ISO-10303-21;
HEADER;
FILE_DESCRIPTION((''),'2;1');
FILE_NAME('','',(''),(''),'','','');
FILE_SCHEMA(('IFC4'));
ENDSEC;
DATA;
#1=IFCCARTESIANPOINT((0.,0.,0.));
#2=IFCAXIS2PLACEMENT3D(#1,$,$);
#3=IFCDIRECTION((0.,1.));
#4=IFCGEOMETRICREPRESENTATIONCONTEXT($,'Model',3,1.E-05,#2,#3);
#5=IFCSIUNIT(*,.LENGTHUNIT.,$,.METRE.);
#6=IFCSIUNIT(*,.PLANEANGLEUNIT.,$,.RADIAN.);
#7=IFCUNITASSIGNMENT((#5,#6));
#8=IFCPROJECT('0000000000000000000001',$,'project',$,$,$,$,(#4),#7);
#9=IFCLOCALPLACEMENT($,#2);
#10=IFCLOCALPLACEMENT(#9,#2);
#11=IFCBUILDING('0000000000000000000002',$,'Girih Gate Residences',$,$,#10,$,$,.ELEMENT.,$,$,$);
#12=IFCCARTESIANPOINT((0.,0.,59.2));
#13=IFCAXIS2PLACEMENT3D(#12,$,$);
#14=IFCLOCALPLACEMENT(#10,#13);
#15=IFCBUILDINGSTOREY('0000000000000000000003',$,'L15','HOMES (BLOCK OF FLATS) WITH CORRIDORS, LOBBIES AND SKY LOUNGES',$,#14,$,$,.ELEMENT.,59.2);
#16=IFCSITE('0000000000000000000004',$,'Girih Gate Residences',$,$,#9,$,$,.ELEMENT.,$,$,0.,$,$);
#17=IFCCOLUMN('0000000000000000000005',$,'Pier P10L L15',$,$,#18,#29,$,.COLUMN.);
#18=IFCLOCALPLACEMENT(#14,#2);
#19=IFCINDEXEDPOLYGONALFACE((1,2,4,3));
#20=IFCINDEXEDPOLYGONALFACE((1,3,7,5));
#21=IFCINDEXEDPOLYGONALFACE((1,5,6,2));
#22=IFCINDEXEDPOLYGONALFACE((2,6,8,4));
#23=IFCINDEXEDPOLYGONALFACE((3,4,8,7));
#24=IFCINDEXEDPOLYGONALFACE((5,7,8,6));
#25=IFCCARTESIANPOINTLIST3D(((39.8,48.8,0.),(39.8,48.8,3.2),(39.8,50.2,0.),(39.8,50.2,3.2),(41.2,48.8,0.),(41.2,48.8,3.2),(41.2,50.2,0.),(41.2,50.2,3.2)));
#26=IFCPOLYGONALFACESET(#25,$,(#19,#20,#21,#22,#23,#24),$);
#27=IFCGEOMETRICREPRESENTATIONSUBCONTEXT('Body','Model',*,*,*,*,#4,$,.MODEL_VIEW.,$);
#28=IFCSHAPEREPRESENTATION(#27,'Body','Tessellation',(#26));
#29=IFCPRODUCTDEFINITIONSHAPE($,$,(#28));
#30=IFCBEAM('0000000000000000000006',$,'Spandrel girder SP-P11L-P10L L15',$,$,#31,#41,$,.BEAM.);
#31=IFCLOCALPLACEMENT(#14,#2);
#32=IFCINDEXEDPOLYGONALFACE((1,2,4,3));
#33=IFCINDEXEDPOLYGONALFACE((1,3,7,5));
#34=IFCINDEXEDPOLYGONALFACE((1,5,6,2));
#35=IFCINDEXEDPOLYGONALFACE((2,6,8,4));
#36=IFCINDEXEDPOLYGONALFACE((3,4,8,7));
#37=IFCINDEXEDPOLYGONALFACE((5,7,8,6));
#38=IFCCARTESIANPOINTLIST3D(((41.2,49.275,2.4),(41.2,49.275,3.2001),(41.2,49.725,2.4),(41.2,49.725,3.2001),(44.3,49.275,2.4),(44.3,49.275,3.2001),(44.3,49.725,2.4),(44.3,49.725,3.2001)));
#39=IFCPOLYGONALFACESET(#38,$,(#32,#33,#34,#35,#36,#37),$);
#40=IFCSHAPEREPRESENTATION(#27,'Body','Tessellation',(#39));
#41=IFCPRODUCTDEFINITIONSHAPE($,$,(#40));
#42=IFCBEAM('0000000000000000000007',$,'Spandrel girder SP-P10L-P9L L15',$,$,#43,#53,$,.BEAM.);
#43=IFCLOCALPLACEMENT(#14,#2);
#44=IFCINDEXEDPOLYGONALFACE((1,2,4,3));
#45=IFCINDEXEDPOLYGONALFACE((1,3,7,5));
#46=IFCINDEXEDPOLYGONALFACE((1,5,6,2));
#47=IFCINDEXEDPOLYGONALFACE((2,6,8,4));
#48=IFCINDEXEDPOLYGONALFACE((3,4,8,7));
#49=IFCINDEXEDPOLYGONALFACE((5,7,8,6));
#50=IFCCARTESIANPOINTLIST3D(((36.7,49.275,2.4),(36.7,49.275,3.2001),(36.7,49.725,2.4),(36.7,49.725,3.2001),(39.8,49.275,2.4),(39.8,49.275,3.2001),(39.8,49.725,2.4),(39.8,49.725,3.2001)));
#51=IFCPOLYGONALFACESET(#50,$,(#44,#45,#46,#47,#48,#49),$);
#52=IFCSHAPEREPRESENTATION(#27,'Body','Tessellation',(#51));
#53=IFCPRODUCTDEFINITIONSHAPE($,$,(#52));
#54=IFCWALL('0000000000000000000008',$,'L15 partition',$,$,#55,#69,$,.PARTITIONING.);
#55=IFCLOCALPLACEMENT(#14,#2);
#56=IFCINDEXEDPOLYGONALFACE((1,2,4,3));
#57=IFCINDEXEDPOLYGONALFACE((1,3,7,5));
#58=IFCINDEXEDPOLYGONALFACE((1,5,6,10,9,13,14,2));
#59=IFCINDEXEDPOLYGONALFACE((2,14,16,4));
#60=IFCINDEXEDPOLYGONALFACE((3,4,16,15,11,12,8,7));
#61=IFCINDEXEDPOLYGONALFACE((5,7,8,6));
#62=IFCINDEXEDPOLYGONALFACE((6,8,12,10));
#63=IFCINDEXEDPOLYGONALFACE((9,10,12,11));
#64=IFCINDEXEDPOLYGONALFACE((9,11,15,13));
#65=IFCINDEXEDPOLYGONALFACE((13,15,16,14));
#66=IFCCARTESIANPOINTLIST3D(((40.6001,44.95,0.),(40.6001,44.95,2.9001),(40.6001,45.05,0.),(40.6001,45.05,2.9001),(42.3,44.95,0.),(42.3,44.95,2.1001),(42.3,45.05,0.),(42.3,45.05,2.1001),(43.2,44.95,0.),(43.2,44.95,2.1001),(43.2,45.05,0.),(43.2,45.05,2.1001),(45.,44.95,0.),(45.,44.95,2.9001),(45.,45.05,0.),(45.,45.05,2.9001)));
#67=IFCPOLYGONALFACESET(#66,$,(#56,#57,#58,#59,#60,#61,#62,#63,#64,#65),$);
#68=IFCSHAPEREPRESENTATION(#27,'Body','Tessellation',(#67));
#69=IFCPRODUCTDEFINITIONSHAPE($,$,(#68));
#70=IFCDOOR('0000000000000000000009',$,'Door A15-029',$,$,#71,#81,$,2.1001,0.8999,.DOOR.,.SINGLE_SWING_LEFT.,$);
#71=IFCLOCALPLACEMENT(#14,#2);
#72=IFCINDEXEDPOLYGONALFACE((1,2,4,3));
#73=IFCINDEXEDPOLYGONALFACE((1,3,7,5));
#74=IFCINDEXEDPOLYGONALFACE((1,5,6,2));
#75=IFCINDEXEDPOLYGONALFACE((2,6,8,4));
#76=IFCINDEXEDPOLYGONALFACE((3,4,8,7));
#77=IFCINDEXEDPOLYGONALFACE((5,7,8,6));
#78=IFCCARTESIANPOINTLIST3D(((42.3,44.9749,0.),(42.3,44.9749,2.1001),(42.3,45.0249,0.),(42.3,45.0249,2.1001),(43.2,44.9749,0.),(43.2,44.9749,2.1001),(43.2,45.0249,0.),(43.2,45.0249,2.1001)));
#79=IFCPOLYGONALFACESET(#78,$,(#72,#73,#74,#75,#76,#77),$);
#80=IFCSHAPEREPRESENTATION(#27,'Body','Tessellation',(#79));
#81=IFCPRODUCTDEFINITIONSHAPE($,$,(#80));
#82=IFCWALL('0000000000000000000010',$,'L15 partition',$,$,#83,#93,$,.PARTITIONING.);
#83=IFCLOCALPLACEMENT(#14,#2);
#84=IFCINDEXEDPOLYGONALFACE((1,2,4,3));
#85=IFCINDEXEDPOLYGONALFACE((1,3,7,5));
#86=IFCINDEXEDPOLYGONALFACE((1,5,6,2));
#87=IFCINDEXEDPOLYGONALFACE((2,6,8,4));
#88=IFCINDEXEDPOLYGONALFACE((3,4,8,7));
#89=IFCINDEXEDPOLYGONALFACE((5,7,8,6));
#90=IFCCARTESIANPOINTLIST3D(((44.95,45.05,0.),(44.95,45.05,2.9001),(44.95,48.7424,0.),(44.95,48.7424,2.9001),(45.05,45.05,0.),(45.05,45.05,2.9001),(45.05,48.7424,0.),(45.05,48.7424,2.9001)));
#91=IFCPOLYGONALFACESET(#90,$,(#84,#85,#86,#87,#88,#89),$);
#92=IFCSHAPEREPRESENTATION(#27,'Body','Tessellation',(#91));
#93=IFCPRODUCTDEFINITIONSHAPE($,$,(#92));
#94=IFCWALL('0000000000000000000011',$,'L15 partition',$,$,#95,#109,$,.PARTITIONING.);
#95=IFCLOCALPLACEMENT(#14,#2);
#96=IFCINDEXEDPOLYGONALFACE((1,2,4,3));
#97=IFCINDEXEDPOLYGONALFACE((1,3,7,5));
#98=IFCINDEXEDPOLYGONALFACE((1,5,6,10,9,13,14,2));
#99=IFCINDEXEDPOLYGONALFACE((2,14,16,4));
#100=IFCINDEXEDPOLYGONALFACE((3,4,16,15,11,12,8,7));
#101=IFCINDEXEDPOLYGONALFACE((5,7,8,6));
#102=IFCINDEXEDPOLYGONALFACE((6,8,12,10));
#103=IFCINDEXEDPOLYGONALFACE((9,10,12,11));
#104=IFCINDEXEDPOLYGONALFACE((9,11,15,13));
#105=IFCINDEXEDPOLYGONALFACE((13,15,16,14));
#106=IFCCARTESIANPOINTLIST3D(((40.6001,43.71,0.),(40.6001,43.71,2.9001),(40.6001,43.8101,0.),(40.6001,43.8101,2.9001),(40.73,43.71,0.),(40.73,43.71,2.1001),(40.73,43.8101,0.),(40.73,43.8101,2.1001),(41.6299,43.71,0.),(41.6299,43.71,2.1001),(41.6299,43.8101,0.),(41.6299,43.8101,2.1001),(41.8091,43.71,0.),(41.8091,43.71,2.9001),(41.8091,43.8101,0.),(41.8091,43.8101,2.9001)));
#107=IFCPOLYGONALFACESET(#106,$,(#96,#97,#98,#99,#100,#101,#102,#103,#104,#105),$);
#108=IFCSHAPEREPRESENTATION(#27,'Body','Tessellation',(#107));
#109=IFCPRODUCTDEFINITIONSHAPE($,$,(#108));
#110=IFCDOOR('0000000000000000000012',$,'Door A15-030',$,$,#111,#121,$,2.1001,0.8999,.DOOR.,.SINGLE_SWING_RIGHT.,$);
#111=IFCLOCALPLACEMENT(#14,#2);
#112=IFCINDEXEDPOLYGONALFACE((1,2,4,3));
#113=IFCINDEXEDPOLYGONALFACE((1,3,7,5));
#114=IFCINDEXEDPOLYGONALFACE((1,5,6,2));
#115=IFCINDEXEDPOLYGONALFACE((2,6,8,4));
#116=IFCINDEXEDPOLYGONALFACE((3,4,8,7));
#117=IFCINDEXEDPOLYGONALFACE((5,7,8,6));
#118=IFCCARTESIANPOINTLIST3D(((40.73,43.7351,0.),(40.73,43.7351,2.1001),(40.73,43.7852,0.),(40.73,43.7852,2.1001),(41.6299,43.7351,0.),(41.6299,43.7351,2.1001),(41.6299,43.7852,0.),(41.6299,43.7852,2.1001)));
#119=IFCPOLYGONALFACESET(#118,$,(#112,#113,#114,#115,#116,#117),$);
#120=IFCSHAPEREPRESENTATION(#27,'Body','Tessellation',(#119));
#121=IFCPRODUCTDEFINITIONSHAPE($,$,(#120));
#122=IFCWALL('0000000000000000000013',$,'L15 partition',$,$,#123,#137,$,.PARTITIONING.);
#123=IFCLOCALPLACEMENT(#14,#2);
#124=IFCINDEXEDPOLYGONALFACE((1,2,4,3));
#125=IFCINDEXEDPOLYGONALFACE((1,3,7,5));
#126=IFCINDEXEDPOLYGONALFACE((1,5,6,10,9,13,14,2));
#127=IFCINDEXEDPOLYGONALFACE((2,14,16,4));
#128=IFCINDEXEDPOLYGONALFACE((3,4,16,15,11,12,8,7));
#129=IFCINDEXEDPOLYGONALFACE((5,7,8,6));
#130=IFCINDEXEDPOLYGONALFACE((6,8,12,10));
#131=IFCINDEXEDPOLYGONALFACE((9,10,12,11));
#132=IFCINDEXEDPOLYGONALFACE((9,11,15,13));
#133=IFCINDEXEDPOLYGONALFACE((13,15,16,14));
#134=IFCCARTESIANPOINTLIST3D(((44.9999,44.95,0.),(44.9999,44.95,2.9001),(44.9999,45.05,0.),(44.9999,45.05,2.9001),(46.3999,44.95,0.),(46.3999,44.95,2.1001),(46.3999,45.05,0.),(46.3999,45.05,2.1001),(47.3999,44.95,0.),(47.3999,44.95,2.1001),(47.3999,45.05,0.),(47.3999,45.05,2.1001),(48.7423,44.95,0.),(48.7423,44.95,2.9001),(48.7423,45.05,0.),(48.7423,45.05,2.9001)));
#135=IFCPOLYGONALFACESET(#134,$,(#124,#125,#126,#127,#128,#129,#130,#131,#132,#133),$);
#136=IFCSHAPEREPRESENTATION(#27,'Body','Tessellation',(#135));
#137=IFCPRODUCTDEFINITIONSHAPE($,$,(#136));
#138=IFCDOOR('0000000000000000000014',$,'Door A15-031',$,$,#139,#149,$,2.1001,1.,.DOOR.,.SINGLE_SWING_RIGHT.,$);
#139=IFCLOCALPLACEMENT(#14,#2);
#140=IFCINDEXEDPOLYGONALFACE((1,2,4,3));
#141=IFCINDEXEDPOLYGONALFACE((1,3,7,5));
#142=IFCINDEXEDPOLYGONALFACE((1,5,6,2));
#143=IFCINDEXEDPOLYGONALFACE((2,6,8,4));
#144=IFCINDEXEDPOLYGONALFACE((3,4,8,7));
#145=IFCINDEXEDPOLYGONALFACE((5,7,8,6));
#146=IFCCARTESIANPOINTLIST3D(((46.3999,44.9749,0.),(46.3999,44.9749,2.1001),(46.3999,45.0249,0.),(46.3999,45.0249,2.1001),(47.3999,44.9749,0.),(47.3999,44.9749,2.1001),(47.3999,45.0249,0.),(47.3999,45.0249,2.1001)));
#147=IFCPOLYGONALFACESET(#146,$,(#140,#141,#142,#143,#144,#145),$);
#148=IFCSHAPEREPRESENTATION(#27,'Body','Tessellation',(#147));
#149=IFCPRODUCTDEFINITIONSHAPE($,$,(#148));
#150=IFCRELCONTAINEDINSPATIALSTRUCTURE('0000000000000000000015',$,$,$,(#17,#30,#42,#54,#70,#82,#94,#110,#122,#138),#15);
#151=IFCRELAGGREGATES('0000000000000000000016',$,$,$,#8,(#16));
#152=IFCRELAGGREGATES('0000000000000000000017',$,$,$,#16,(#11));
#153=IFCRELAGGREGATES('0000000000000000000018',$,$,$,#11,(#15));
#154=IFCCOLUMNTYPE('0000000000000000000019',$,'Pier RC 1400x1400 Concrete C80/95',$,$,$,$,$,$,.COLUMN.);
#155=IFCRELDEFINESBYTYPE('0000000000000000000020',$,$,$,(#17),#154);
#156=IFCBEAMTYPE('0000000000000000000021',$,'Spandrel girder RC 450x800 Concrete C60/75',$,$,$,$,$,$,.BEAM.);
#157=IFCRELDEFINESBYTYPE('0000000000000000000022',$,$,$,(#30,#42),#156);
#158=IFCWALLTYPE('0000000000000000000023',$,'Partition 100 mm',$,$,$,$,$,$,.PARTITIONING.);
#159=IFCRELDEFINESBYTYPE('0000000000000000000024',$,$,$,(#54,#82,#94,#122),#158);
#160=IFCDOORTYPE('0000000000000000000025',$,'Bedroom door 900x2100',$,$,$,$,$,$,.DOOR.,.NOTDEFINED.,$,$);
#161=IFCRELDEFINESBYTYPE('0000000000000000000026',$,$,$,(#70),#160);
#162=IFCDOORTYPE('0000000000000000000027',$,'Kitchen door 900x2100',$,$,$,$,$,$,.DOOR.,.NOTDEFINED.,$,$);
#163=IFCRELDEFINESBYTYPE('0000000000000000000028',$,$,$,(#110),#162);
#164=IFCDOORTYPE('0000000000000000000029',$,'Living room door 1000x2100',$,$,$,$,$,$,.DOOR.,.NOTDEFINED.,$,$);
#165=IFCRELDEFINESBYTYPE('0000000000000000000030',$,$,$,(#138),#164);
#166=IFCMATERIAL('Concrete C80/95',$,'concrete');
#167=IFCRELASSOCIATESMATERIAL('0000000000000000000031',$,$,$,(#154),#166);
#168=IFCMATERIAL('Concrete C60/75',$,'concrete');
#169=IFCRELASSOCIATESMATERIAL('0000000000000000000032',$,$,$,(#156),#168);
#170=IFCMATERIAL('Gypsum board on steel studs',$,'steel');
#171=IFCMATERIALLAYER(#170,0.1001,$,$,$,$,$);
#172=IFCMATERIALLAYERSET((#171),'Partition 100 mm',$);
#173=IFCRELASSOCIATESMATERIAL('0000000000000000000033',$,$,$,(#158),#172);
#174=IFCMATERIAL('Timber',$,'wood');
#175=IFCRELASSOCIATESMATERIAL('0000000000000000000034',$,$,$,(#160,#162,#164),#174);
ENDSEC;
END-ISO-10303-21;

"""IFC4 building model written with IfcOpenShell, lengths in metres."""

from ifc_helpers import new_model, si_unit, direction, frame, frame_2d, origin, origin_2d, place, context, subcontext, project, spatial, rectangle, extrude, material, layer, layer_set, material_profile, profile_set, type_object, element, fill, save


model = new_model("IFC4")

# Units and contexts
model_context = context("Model", 3, precision=1e-05, world=origin(), true_north=direction((0.0, 1.0)))
body_context = subcontext(model_context, "Body", "Model", "MODEL_VIEW")
ifc_project = project(units=[si_unit("LENGTHUNIT", "METRE"), si_unit("PLANEANGLEUNIT", "RADIAN")], contexts=[model_context])

# Site, building, storey
site_placement = place(None, origin())
site = spatial("IfcSite", under=ifc_project, at=site_placement, Name="Girih Gate Residences", CompositionType="ELEMENT", RefElevation=0.0)
building_placement = place(site_placement, origin())
building = spatial("IfcBuilding", under=site, at=building_placement, Name="Girih Gate Residences", CompositionType="ELEMENT")
storey_placement = place(building_placement, frame((0.0, 0.0, 59.2)))
storey = spatial("IfcBuildingStorey", under=building, at=storey_placement, Name="L15", Description="HOMES (BLOCK OF FLATS) WITH CORRIDORS, LOBBIES AND SKY LOUNGES", CompositionType="ELEMENT", Elevation=59.2)

# Column
ifc_material_1 = material(Name="Concrete C80/95", Category="concrete")
ifc_material_profile_1 = material_profile(ifc_material_1, rectangle(XDim=1.3999, YDim=1.3999, at=origin_2d()))
ifc_profile_set_1 = profile_set([ifc_material_profile_1], Name="Concrete C80/95")
column_type = type_object("IfcColumnType", Name="Pier RC 1400x1400 Concrete C80/95", PredefinedType="COLUMN", material=ifc_profile_set_1)
column_placement = place(storey_placement, frame((40.5, 49.5, 0.0), z_axis=(0.0, 0.0, 1.0), x_axis=(1.0, 0.0, 0.0)))
element("IfcColumn", 1, at=column_placement, inside=storey, type_object=column_type, Name="Pier P10L L15", PredefinedType="COLUMN", context=body_context, shape_type="SweptSolid", body=[
    extrude(rectangle(XDim=1.3999, YDim=1.3999, at=origin_2d()), origin(), (0.0, 0.0, 1.0), 3.2),
])

# Beams
ifc_material_2 = material(Name="Concrete C60/75", Category="concrete")
ifc_material_profile_2 = material_profile(ifc_material_2, rectangle(XDim=0.45, YDim=0.8, at=origin_2d()))
ifc_profile_set_2 = profile_set([ifc_material_profile_2], Name="Concrete C60/75")
beam_type = type_object("IfcBeamType", Name="Spandrel girder RC 450x800 Concrete C60/75", PredefinedType="BEAM", material=ifc_profile_set_2)
for number, where, z_axis, x_axis, name in (
    (2, (44.3, 49.5, 2.8), (-1.0, 0.0, 0.0), (0.0, -1.0, 0.0), "Spandrel girder SP-P11L-P10L L15"),
    (3, (39.8, 49.5, 2.8), (-1.0, 0.0, 0.0), (0.0, -1.0, 0.0), "Spandrel girder SP-P10L-P9L L15"),
):
    element("IfcBeam", number, at=place(storey_placement, frame(where, z_axis=z_axis, x_axis=x_axis)), inside=storey, type_object=beam_type, Name=name, PredefinedType="BEAM", context=body_context, shape_type="SweptSolid", body=[
        extrude(rectangle(XDim=0.45, YDim=0.8, at=origin_2d()), origin(), (0.0, 0.0, 1.0), 3.1001),
    ])

# Wall, opening, door
ifc_material_3 = material(Name="Gypsum board on steel studs", Category="steel")
ifc_layer_1 = layer(ifc_material_3, 0.1001)
ifc_layer_set_1 = layer_set([ifc_layer_1], Name="Partition 100 mm")
wall_type_1 = type_object("IfcWallType", Name="Partition 100 mm", PredefinedType="PARTITIONING", material=ifc_layer_set_1)
wall_1_placement = place(storey_placement, frame((40.6001, 45.0, 0.0), z_axis=(0.0, 0.0, 1.0), x_axis=(1.0, 0.0, 0.0)))
wall_1 = element("IfcWall", 4, at=wall_1_placement, inside=storey, type_object=wall_type_1, Name="L15 partition", PredefinedType="PARTITIONING", context=body_context, shape_type="SweptSolid", body=[
    extrude(rectangle(XDim=4.3999, YDim=0.1001, at=frame_2d((2.2, 0.0))), origin(), (0.0, 0.0, 1.0), 2.9001),
])
opening_1_placement = place(wall_1_placement, frame((1.7, 0.0, 0.0)))
opening_1 = element("IfcOpeningElement", 5, at=opening_1_placement, cuts=wall_1, PredefinedType="OPENING", context=body_context, shape_type="SweptSolid", body=[
    extrude(rectangle(XDim=0.8999, YDim=2.1001, at=frame_2d((0.45, 1.05))), frame((0.0, 0.0601, 0.0), z_axis=(0.0, -1.0, 0.0), x_axis=(1.0, 0.0, 0.0)), (0.0, 0.0, 1.0), 0.1201),
])
ifc_material_4 = material(Name="Timber", Category="wood")
door_type_1 = type_object("IfcDoorType", Name="Bedroom door 900x2100", OperationType="NOTDEFINED", PredefinedType="DOOR", material=ifc_material_4)
door_1_placement = place(opening_1_placement, origin())
door_1 = element("IfcDoor", 6, at=door_1_placement, inside=storey, type_object=door_type_1, Name="Door A15-029", OperationType="SINGLE_SWING_LEFT", OverallHeight=2.1001, OverallWidth=0.8999, PredefinedType="DOOR", context=body_context, shape_type="SweptSolid", body=[
    extrude(rectangle(XDim=0.8999, YDim=2.1001, at=frame_2d((0.45, 1.05))), frame((0.0, 0.0249, 0.0), z_axis=(0.0, -1.0, 0.0), x_axis=(1.0, 0.0, 0.0)), (0.0, 0.0, 1.0), 0.05),
])
fill(opening_1, door_1)

# Wall
wall_2_placement = place(storey_placement, frame((45.0, 45.05, 0.0), z_axis=(0.0, 0.0, 1.0), x_axis=(0.0, 1.0, 0.0)))
element("IfcWall", 7, at=wall_2_placement, inside=storey, type_object=wall_type_1, Name="L15 partition", PredefinedType="PARTITIONING", context=body_context, shape_type="SweptSolid", body=[
    extrude(rectangle(XDim=3.6924, YDim=0.1001, at=frame_2d((1.8462, 0.0))), origin(), (0.0, 0.0, 1.0), 2.9001),
])

# Walls, openings, doors
wall_3_placement = place(storey_placement, frame((41.8091, 43.76, 0.0), z_axis=(0.0, 0.0, 1.0), x_axis=(-1.0, 0.0, 0.0)))
wall_3 = element("IfcWall", 8, at=wall_3_placement, inside=storey, type_object=wall_type_1, Name="L15 partition", PredefinedType="PARTITIONING", context=body_context, shape_type="SweptSolid", body=[
    extrude(rectangle(XDim=1.209, YDim=0.1001, at=frame_2d((0.6045, 0.0))), origin(), (0.0, 0.0, 1.0), 2.9001),
])
opening_2_placement = place(wall_3_placement, frame((0.1792, 0.0, 0.0)))
opening_2 = element("IfcOpeningElement", 9, at=opening_2_placement, cuts=wall_3, PredefinedType="OPENING", context=body_context, shape_type="SweptSolid", body=[
    extrude(rectangle(XDim=0.8999, YDim=2.1001, at=frame_2d((0.45, 1.05))), frame((0.0, 0.0601, 0.0), z_axis=(0.0, -1.0, 0.0), x_axis=(1.0, 0.0, 0.0)), (0.0, 0.0, 1.0), 0.1201),
])
door_type_2 = type_object("IfcDoorType", Name="Kitchen door 900x2100", OperationType="NOTDEFINED", PredefinedType="DOOR", material=ifc_material_4)
door_2_placement = place(opening_2_placement, origin())
door_2 = element("IfcDoor", 10, at=door_2_placement, inside=storey, type_object=door_type_2, Name="Door A15-030", OperationType="SINGLE_SWING_RIGHT", OverallHeight=2.1001, OverallWidth=0.8999, PredefinedType="DOOR", context=body_context, shape_type="SweptSolid", body=[
    extrude(rectangle(XDim=0.8999, YDim=2.1001, at=frame_2d((0.45, 1.05))), frame((0.0, 0.0249, 0.0), z_axis=(0.0, -1.0, 0.0), x_axis=(1.0, 0.0, 0.0)), (0.0, 0.0, 1.0), 0.05),
])
fill(opening_2, door_2)
wall_4_placement = place(storey_placement, frame((45.0, 45.0, 0.0), z_axis=(0.0, 0.0, 1.0), x_axis=(1.0, 0.0, 0.0)))
wall_4 = element("IfcWall", 11, at=wall_4_placement, inside=storey, type_object=wall_type_1, Name="L15 partition", PredefinedType="PARTITIONING", context=body_context, shape_type="SweptSolid", body=[
    extrude(rectangle(XDim=3.7424, YDim=0.1001, at=frame_2d((1.8711, 0.0))), origin(), (0.0, 0.0, 1.0), 2.9001),
])
opening_3_placement = place(wall_4_placement, frame((1.3999, 0.0, 0.0)))
opening_3 = element("IfcOpeningElement", 12, at=opening_3_placement, cuts=wall_4, PredefinedType="OPENING", context=body_context, shape_type="SweptSolid", body=[
    extrude(rectangle(XDim=1.0, YDim=2.1001, at=frame_2d((0.5, 1.05))), frame((0.0, 0.0601, 0.0), z_axis=(0.0, -1.0, 0.0), x_axis=(1.0, 0.0, 0.0)), (0.0, 0.0, 1.0), 0.1201),
])
door_type_3 = type_object("IfcDoorType", Name="Living room door 1000x2100", OperationType="NOTDEFINED", PredefinedType="DOOR", material=ifc_material_4)
door_3_placement = place(opening_3_placement, origin())
door_3 = element("IfcDoor", 13, at=door_3_placement, inside=storey, type_object=door_type_3, Name="Door A15-031", OperationType="SINGLE_SWING_RIGHT", OverallHeight=2.1001, OverallWidth=1.0, PredefinedType="DOOR", context=body_context, shape_type="SweptSolid", body=[
    extrude(rectangle(XDim=1.0, YDim=2.1001, at=frame_2d((0.5, 1.05))), frame((0.0, 0.0249, 0.0), z_axis=(0.0, -1.0, 0.0), x_axis=(1.0, 0.0, 0.0)), (0.0, 0.0, 1.0), 0.05),
])
fill(opening_3, door_3)

save(model, "model.ifc")
